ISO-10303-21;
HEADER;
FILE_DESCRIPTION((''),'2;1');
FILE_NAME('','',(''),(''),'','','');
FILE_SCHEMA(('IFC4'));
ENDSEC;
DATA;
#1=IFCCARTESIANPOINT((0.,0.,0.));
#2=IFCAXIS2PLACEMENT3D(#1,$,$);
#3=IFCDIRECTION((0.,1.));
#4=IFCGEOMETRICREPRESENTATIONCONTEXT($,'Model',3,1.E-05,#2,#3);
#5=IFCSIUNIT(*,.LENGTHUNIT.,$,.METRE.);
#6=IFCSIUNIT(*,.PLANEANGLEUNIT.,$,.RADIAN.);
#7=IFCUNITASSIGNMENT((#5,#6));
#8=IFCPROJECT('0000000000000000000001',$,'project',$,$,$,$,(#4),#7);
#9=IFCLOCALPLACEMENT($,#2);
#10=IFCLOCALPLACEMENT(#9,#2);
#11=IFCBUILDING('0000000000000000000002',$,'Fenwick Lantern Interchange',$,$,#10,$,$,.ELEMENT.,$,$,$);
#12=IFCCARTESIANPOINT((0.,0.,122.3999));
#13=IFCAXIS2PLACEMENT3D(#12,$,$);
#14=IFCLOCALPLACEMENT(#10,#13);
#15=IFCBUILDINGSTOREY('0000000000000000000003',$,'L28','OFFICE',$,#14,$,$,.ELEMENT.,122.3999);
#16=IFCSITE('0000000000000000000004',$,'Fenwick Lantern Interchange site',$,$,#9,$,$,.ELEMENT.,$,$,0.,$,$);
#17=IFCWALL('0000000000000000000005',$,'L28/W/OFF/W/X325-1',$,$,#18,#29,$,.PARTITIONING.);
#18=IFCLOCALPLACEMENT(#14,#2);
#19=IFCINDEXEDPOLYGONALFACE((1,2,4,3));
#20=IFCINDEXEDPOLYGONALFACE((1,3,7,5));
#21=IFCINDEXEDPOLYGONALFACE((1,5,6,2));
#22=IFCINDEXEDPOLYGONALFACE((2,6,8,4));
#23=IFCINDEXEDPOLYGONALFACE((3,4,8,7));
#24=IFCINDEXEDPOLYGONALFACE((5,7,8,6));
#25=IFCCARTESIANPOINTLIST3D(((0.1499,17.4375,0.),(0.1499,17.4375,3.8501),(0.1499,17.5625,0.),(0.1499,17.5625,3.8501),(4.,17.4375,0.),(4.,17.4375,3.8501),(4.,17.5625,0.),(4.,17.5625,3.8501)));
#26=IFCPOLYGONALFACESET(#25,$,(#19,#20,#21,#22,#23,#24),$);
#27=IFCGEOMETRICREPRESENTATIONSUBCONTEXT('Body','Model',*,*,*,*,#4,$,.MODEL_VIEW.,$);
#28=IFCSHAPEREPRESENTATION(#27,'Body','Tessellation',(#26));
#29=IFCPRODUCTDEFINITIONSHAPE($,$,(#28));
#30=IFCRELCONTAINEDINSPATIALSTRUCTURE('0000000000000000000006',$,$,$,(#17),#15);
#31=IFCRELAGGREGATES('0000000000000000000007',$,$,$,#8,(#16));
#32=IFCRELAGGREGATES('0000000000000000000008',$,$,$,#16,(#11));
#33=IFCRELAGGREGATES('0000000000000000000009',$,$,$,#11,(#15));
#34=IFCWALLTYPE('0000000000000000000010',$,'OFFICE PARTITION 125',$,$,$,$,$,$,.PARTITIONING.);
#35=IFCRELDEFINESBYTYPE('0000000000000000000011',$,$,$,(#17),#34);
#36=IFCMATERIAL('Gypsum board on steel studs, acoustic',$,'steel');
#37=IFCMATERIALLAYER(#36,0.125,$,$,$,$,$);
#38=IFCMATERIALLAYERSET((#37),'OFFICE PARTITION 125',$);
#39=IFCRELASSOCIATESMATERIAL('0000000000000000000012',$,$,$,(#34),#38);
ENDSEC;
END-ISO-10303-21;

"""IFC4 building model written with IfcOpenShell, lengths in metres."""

from ifc_helpers import new_model, si_unit, direction, frame, frame_2d, origin, place, context, subcontext, project, spatial, rectangle, extrude, material, layer, layer_set, type_object, element, save


model = new_model("IFC4")

# Units and contexts
model_context = context("Model", 3, precision=1e-05, world=origin(), true_north=direction((0.0, 1.0)))
body_context = subcontext(model_context, "Body", "Model", "MODEL_VIEW")
ifc_project = project(units=[si_unit("LENGTHUNIT", "METRE"), si_unit("PLANEANGLEUNIT", "RADIAN")], contexts=[model_context])

# Site, building, storey
site_placement = place(None, origin())
site = spatial("IfcSite", under=ifc_project, at=site_placement, Name="Fenwick Lantern Interchange site", CompositionType="ELEMENT", RefElevation=0.0)
building_placement = place(site_placement, origin())
building = spatial("IfcBuilding", under=site, at=building_placement, Name="Fenwick Lantern Interchange", CompositionType="ELEMENT")
storey_placement = place(building_placement, frame((0.0, 0.0, 122.3999)))
storey = spatial("IfcBuildingStorey", under=building, at=storey_placement, Name="L28", Description="OFFICE", CompositionType="ELEMENT", Elevation=122.3999)

# Wall
ifc_material_1 = material(Name="Gypsum board on steel studs, acoustic", Category="steel")
ifc_layer_1 = layer(ifc_material_1, 0.125)
ifc_layer_set_1 = layer_set([ifc_layer_1], Name="OFFICE PARTITION 125")
wall_type_1 = type_object("IfcWallType", Name="OFFICE PARTITION 125", PredefinedType="PARTITIONING", material=ifc_layer_set_1)
for number, where, z_axis, x_axis, name in (
    (1, (0.1499, 17.5, 0.0), (0.0, 0.0, 1.0), (1.0, 0.0, 0.0), "L28/W/OFF/W/X325-1"),
):
    element("IfcWall", number, at=place(storey_placement, frame(where, z_axis=z_axis, x_axis=x_axis)), inside=storey, type_object=wall_type_1, Name=name, PredefinedType="PARTITIONING", context=body_context, shape_type="SweptSolid", body=[
        extrude(rectangle(XDim=3.8501, YDim=0.125, at=frame_2d((1.925, 0.0))), origin(), (0.0, 0.0, 1.0), 3.8501),
    ])

save(model, "model.ifc")
